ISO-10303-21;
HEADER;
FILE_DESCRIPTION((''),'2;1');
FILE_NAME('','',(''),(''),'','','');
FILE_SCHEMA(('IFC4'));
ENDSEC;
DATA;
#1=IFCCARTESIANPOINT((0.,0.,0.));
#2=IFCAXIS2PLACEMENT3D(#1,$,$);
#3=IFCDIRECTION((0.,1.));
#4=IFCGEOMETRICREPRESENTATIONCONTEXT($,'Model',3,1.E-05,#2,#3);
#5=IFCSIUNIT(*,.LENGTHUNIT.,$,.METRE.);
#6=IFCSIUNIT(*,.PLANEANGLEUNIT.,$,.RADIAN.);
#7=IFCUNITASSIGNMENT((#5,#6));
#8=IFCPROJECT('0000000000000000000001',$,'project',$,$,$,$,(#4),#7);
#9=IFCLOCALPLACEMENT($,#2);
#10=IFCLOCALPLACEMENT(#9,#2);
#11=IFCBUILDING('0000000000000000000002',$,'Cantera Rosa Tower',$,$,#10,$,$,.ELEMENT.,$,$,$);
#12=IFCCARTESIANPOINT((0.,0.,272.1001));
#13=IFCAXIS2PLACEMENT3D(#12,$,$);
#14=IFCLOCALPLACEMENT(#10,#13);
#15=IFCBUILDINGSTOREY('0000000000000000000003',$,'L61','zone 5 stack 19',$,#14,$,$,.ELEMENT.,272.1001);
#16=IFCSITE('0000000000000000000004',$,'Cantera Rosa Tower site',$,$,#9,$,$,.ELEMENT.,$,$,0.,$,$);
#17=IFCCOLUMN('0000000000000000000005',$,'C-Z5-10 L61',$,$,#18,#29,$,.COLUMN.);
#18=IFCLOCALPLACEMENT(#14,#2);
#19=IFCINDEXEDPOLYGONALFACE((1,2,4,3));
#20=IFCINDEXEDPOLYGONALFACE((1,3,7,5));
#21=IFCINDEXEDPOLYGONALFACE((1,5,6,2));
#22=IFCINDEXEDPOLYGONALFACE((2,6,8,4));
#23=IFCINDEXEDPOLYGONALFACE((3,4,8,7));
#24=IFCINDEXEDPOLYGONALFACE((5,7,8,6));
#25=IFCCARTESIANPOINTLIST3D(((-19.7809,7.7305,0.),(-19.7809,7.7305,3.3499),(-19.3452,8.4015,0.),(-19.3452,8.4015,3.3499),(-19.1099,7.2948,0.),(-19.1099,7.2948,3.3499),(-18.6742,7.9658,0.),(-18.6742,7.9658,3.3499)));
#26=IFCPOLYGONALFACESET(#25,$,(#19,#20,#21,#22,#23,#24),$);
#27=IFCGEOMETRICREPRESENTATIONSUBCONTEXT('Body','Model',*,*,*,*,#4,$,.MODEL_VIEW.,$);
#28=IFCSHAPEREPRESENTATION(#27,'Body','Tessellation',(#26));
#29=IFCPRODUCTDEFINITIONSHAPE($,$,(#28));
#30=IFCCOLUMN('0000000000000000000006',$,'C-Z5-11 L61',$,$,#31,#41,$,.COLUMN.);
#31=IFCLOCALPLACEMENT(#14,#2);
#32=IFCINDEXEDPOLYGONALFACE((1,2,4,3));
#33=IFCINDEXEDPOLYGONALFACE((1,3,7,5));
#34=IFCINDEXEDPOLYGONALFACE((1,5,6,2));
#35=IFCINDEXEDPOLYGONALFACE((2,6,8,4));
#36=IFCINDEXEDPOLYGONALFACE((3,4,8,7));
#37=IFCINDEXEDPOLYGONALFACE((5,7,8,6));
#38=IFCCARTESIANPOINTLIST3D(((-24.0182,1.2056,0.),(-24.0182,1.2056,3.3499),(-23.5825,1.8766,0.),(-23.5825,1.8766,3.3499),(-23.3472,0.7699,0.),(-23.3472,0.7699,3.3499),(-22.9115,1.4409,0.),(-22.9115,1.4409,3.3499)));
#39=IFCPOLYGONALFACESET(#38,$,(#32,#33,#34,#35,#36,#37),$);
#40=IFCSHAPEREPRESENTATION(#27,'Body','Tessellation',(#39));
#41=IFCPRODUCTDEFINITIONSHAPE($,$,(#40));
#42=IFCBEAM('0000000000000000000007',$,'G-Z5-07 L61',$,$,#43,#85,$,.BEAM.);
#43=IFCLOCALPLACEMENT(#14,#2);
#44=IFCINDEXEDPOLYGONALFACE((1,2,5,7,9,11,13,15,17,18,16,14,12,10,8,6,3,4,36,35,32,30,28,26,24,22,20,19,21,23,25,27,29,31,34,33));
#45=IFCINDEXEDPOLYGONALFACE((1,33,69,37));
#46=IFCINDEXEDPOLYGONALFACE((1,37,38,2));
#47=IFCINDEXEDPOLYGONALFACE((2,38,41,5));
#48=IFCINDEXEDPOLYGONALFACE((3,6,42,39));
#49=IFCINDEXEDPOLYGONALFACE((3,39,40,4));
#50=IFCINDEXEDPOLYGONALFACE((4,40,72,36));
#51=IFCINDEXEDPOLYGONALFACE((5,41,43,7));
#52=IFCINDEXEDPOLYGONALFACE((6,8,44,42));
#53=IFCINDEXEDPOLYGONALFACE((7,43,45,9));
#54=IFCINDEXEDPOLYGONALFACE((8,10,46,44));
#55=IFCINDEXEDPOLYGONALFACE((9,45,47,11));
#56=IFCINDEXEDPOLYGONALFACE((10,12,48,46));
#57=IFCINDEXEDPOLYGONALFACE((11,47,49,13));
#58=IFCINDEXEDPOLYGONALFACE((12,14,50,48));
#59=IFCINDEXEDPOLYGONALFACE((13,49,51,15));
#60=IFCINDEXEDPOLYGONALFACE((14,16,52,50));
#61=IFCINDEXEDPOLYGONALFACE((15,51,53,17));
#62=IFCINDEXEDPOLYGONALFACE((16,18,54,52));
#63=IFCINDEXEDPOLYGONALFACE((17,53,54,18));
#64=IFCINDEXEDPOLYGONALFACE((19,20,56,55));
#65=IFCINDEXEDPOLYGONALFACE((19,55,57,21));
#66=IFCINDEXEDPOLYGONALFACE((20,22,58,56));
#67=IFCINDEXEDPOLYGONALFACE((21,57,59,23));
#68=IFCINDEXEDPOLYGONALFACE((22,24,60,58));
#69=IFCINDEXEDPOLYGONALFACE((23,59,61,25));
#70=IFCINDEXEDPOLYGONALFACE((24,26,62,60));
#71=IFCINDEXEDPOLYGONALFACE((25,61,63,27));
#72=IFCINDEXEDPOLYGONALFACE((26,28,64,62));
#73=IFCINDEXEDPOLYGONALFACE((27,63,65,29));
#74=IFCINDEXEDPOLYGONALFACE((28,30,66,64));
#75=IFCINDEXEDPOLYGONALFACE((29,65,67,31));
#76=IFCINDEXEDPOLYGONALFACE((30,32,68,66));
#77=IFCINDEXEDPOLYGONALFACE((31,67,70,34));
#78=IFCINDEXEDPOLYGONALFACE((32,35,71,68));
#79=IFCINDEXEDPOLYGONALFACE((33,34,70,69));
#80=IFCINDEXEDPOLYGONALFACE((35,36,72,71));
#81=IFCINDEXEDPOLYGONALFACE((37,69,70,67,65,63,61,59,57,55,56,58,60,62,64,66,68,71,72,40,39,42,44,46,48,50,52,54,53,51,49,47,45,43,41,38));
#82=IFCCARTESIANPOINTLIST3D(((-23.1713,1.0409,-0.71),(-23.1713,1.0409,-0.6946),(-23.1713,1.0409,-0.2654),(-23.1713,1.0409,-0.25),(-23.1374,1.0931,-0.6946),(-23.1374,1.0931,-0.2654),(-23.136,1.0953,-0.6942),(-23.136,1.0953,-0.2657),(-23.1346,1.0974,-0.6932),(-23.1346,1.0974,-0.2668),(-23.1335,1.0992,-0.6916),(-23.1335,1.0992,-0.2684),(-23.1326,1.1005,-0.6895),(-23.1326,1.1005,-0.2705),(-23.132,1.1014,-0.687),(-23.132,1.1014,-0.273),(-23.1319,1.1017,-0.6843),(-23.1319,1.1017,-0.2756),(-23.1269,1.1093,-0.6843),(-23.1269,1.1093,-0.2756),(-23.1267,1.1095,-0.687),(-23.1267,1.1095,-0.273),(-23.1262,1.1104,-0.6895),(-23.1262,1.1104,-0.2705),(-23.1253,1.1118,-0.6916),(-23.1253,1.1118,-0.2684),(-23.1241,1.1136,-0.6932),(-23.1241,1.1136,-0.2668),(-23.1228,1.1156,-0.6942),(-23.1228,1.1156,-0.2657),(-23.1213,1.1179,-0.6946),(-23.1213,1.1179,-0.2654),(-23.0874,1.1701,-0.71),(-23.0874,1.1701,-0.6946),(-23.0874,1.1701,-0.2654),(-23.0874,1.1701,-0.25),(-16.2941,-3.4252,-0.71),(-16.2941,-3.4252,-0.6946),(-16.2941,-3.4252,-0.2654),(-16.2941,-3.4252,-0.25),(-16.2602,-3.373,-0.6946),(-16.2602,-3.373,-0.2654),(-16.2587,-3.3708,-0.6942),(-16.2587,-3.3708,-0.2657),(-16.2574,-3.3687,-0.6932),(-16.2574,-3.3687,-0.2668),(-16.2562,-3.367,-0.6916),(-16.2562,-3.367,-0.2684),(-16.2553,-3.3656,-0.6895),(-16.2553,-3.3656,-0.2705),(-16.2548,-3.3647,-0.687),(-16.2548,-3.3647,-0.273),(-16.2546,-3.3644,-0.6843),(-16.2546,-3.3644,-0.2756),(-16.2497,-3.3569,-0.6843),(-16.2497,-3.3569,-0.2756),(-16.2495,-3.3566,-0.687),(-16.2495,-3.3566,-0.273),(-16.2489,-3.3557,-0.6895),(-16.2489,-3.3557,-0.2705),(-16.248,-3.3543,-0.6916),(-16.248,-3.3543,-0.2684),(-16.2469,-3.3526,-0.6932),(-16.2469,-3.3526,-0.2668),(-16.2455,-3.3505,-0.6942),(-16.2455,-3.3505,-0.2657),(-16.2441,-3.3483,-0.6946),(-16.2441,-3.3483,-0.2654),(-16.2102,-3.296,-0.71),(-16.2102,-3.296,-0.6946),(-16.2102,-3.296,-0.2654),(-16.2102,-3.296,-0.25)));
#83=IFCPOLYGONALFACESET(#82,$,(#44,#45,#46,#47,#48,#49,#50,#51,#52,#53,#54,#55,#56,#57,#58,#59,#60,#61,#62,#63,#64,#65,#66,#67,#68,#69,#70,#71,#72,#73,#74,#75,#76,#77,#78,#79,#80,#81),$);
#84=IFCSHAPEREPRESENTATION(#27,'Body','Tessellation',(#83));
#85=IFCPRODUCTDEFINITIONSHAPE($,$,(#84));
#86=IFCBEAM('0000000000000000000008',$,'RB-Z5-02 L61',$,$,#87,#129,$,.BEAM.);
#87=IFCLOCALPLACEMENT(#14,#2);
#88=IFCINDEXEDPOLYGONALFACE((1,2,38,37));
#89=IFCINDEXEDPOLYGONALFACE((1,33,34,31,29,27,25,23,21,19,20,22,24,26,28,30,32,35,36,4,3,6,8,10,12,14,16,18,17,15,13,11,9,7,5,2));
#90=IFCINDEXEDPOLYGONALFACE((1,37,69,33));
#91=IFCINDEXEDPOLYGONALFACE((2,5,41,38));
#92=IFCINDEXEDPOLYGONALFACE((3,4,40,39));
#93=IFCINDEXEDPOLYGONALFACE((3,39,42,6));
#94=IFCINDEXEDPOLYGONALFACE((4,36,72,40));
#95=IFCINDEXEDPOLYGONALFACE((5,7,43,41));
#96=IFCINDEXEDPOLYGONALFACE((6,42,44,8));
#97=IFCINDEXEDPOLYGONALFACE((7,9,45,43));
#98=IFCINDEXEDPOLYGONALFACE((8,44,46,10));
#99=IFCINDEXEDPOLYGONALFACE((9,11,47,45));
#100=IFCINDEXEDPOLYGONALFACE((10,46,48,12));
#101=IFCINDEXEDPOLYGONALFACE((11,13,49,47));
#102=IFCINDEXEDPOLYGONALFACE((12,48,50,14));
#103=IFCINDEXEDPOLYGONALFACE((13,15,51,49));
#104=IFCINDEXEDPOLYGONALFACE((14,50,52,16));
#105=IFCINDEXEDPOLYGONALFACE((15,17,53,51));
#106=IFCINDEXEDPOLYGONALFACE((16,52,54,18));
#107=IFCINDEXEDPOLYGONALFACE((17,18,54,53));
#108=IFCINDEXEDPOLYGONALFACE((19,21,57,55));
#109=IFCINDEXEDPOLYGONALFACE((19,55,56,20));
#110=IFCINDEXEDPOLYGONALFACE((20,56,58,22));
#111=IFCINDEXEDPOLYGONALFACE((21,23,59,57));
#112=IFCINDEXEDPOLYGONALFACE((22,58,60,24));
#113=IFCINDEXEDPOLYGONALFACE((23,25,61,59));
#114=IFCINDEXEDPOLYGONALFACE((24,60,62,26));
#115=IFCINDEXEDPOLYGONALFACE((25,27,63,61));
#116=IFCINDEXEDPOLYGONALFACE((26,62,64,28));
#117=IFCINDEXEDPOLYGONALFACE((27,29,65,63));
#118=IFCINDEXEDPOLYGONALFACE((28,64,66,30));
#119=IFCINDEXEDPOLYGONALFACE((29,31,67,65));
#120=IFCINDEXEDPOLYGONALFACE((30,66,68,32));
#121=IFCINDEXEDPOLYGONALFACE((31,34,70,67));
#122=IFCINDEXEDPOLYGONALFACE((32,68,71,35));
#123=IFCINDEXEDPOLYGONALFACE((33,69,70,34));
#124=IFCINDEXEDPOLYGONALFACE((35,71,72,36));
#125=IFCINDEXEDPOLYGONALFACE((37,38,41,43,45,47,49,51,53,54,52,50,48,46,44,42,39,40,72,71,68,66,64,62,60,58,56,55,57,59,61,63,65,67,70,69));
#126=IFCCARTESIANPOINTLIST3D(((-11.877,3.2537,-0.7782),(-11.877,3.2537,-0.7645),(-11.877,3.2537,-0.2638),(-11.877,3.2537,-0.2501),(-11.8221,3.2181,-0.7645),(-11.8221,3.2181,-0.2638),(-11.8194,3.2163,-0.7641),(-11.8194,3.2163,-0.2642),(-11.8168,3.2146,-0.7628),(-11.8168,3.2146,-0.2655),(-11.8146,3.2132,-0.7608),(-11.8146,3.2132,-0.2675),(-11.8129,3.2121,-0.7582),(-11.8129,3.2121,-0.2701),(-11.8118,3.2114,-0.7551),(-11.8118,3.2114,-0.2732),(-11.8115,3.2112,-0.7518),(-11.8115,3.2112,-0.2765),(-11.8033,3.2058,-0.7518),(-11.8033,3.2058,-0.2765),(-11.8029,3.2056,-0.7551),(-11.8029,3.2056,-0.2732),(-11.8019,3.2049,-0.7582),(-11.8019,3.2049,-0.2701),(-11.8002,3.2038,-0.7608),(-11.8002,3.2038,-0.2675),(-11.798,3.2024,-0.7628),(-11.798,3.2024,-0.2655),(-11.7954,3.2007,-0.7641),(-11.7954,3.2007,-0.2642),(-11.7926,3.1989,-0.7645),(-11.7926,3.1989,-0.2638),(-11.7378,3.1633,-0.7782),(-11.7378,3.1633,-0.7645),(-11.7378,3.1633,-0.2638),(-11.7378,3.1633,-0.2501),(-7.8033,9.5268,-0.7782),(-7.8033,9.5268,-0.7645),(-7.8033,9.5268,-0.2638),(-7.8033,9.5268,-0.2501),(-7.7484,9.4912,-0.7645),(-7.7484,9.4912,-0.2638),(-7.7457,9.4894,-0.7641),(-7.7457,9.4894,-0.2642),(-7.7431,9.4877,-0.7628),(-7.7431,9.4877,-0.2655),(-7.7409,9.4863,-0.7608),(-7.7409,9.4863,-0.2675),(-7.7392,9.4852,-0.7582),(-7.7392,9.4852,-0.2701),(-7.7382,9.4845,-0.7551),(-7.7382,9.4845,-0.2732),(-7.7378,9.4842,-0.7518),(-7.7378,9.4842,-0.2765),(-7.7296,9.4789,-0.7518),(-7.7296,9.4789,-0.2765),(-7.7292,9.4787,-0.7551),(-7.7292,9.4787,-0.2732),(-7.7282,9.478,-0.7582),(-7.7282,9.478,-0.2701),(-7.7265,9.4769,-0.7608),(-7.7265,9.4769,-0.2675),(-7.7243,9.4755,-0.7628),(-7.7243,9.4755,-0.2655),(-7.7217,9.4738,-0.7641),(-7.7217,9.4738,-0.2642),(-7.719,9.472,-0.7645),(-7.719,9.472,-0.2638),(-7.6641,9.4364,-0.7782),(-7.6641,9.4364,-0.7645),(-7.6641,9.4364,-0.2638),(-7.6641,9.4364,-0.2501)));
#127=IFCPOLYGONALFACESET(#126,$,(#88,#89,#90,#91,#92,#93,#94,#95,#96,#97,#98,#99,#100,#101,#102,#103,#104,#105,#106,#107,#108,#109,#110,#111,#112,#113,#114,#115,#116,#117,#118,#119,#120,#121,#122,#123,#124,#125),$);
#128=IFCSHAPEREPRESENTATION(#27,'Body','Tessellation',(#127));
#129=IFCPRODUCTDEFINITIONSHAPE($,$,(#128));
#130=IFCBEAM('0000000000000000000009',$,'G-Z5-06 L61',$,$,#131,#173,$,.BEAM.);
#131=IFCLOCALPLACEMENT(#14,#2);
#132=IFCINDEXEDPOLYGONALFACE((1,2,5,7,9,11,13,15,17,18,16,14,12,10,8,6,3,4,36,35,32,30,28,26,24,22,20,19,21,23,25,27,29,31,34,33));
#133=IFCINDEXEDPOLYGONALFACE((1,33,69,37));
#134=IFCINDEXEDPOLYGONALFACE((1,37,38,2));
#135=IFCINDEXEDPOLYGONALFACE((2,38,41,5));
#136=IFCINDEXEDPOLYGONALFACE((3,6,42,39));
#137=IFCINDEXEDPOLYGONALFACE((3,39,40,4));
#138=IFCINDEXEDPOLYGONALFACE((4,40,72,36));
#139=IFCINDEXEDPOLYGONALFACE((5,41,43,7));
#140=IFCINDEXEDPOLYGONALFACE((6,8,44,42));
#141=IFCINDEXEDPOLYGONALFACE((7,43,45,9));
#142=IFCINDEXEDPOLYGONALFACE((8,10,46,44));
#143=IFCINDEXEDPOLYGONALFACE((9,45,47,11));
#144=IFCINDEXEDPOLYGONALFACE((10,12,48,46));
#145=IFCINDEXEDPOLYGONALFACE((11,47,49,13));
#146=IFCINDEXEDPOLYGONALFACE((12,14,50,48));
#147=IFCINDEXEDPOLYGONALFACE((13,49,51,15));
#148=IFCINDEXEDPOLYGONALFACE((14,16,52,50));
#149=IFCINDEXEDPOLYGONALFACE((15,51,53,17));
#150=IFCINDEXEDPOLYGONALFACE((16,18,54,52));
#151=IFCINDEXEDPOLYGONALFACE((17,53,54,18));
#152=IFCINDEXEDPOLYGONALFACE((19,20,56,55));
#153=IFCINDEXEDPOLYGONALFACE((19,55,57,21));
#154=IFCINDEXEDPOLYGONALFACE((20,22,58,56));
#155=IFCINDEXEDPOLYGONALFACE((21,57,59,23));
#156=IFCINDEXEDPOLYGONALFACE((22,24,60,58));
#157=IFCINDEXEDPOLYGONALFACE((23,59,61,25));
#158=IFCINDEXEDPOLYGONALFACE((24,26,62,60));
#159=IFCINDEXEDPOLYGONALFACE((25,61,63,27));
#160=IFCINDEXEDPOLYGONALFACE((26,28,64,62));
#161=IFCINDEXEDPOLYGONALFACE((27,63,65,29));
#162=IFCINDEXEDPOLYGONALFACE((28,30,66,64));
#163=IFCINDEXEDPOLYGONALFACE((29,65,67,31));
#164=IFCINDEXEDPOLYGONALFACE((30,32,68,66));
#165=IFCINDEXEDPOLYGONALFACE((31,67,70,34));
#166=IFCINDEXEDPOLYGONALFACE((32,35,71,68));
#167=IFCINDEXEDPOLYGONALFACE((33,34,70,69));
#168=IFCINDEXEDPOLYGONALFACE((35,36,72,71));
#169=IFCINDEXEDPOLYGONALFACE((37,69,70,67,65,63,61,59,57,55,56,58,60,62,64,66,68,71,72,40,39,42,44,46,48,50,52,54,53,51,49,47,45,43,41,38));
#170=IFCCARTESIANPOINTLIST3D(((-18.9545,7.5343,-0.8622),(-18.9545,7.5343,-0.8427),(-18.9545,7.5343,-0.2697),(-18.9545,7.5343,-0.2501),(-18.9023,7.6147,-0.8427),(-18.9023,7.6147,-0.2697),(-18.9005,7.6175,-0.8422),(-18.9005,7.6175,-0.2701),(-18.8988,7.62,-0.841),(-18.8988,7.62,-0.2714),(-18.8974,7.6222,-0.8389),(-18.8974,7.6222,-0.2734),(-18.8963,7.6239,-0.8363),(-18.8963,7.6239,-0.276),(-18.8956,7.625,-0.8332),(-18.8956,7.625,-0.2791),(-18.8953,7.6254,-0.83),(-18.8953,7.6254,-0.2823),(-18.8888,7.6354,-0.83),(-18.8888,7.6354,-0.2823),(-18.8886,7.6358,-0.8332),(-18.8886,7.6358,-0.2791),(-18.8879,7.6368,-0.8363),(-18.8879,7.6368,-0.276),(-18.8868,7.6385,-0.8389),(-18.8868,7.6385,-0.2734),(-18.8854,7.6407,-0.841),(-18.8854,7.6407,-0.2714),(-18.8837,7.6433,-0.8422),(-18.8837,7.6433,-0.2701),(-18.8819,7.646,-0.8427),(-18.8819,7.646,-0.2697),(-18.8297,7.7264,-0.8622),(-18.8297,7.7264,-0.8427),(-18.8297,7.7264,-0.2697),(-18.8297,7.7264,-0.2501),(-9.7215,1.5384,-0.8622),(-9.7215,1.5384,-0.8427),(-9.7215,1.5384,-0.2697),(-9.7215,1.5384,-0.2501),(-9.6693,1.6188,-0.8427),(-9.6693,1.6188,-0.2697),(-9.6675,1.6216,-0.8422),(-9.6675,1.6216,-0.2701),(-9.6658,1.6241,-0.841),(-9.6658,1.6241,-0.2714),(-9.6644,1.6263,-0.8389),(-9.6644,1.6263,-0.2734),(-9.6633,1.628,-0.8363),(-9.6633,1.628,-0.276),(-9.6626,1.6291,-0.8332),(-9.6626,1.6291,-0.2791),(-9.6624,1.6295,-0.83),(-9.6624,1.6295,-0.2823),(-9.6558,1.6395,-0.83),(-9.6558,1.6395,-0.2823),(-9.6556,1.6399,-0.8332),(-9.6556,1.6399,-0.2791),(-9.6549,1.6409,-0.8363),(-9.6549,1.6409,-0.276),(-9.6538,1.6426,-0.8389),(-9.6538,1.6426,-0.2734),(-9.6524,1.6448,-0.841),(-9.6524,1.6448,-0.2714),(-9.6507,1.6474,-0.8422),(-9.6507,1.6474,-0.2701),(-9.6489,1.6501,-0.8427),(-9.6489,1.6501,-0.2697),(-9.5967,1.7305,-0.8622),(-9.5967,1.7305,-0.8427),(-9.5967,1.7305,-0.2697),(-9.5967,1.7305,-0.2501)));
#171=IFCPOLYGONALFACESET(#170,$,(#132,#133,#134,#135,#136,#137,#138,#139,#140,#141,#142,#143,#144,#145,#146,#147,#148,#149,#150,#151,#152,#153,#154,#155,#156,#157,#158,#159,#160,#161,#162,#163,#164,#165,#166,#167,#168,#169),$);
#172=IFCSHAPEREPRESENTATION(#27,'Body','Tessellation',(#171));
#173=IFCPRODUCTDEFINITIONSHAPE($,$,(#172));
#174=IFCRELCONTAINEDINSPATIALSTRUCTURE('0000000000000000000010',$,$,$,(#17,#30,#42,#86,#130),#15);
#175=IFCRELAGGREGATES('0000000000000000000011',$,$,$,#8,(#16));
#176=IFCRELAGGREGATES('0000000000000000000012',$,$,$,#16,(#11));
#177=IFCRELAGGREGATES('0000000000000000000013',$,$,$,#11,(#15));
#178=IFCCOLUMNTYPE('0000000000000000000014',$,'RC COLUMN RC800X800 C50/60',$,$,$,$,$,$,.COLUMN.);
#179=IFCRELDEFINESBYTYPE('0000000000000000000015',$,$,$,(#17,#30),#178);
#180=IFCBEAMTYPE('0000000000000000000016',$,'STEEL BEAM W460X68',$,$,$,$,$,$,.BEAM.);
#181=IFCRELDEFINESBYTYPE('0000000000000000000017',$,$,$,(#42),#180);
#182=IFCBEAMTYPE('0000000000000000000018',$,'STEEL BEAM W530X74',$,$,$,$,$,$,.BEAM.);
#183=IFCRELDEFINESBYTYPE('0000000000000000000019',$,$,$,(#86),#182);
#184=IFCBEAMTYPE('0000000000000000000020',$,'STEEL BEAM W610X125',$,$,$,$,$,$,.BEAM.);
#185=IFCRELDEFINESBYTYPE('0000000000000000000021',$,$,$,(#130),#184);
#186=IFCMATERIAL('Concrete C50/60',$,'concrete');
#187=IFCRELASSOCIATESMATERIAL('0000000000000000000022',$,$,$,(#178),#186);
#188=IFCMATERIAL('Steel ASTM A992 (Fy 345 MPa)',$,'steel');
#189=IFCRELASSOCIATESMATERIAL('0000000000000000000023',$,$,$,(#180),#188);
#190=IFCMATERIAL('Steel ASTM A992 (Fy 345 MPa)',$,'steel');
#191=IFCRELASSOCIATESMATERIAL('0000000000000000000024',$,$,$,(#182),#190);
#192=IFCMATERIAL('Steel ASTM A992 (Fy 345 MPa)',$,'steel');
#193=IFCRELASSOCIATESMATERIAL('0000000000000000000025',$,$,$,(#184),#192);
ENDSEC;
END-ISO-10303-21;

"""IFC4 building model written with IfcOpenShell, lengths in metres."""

from ifc_helpers import new_model, si_unit, direction, frame, origin, origin_2d, place, context, subcontext, project, spatial, rectangle, i_section, extrude, material, material_profile, profile_set, type_object, element, save


model = new_model("IFC4")

# Units and contexts
model_context = context("Model", 3, precision=1e-05, world=origin(), true_north=direction((0.0, 1.0)))
body_context = subcontext(model_context, "Body", "Model", "MODEL_VIEW")
ifc_project = project(units=[si_unit("LENGTHUNIT", "METRE"), si_unit("PLANEANGLEUNIT", "RADIAN")], contexts=[model_context])

# Site, building, storey
site_placement = place(None, origin())
site = spatial("IfcSite", under=ifc_project, at=site_placement, Name="Cantera Rosa Tower site", CompositionType="ELEMENT", RefElevation=0.0)
building_placement = place(site_placement, origin())
building = spatial("IfcBuilding", under=site, at=building_placement, Name="Cantera Rosa Tower", CompositionType="ELEMENT")
storey_placement = place(building_placement, frame((0.0, 0.0, 272.1001)))
storey = spatial("IfcBuildingStorey", under=building, at=storey_placement, Name="L61", Description="zone 5 stack 19", CompositionType="ELEMENT", Elevation=272.1001)

# Columns
ifc_material_1 = material(Name="Concrete C50/60", Category="concrete")
ifc_material_profile_1 = material_profile(ifc_material_1, rectangle(XDim=0.8, YDim=0.8, at=origin_2d()), Name="RC COLUMN RC800X800 C50/60")
ifc_profile_set_1 = profile_set([ifc_material_profile_1], Name="Concrete C50/60")
column_type = type_object("IfcColumnType", Name="RC COLUMN RC800X800 C50/60", PredefinedType="COLUMN", material=ifc_profile_set_1)
for number, where, z_axis, x_axis, name in (
    (1, (-19.2275, 7.8481, 0.0), (0.0, 0.0, 1.0), (0.544639, 0.838671, 0.0), "C-Z5-10 L61"),
    (2, (-23.4648, 1.3232, 0.0), (0.0, 0.0, 1.0), (0.544639, 0.838671, 0.0), "C-Z5-11 L61"),
):
    element("IfcColumn", number, at=place(storey_placement, frame(where, z_axis=z_axis, x_axis=x_axis)), inside=storey, type_object=column_type, Name=name, PredefinedType="COLUMN", context=body_context, shape_type="SweptSolid", body=[
        extrude(rectangle(XDim=0.8, YDim=0.8, at=origin_2d()), origin(), (0.0, 0.0, 1.0), 3.3499),
    ])

# Beams
ifc_material_2 = material(Name="Steel ASTM A992 (Fy 345 MPa)", Category="steel")
ifc_material_profile_2 = material_profile(ifc_material_2, i_section(OverallWidth=0.1541, OverallDepth=0.46, WebThickness=0.009, FlangeThickness=0.0154, FilletRadius=0.0103, at=origin_2d()), Name="W460X68")
ifc_profile_set_2 = profile_set([ifc_material_profile_2], Name="Steel ASTM A992 (Fy 345 MPa)")
beam_type_1 = type_object("IfcBeamType", Name="STEEL BEAM W460X68", PredefinedType="BEAM", material=ifc_profile_set_2)
beam_1_placement = place(storey_placement, frame((-23.1294, 1.1055, -0.48), z_axis=(0.838673, -0.544636, 0.0), x_axis=(0.544636, 0.838673, 0.0)))
element("IfcBeam", 3, at=beam_1_placement, inside=storey, type_object=beam_type_1, Name="G-Z5-07 L61", PredefinedType="BEAM", context=body_context, shape_type="SweptSolid", body=[
    extrude(i_section(OverallWidth=0.1541, OverallDepth=0.46, WebThickness=0.009, FlangeThickness=0.0154, FilletRadius=0.0103, at=origin_2d()), origin(), (0.0, 0.0, 1.0), 8.2002),
])
ifc_material_3 = material(Name="Steel ASTM A992 (Fy 345 MPa)", Category="steel")
ifc_material_profile_3 = material_profile(ifc_material_3, i_section(OverallWidth=0.166, OverallDepth=0.5281, WebThickness=0.0098, FlangeThickness=0.0137, FilletRadius=0.0127, at=origin_2d()), Name="W530X74")
ifc_profile_set_3 = profile_set([ifc_material_profile_3], Name="Steel ASTM A992 (Fy 345 MPa)")
beam_type_2 = type_object("IfcBeamType", Name="STEEL BEAM W530X74", PredefinedType="BEAM", material=ifc_profile_set_3)
beam_2_placement = place(storey_placement, frame((-11.8074, 3.2085, -0.5142), z_axis=(0.544627, 0.838678, 0.0), x_axis=(-0.838678, 0.544627, 0.0)))
element("IfcBeam", 4, at=beam_2_placement, inside=storey, type_object=beam_type_2, Name="RB-Z5-02 L61", PredefinedType="BEAM", context=body_context, shape_type="SweptSolid", body=[
    extrude(i_section(OverallWidth=0.166, OverallDepth=0.5281, WebThickness=0.0098, FlangeThickness=0.0137, FilletRadius=0.0127, at=origin_2d()), origin(), (0.0, 0.0, 1.0), 7.4797),
])
ifc_material_4 = material(Name="Steel ASTM A992 (Fy 345 MPa)", Category="steel")
ifc_material_profile_4 = material_profile(ifc_material_4, i_section(OverallWidth=0.229, OverallDepth=0.6121, WebThickness=0.012, FlangeThickness=0.0195, FilletRadius=0.0127, at=origin_2d()), Name="W610X125")
ifc_profile_set_4 = profile_set([ifc_material_profile_4], Name="Steel ASTM A992 (Fy 345 MPa)")
beam_type_3 = type_object("IfcBeamType", Name="STEEL BEAM W610X125", PredefinedType="BEAM", material=ifc_profile_set_4)
beam_3_placement = place(storey_placement, frame((-18.8921, 7.6304, -0.5562), z_axis=(0.838674, -0.544634, 0.0), x_axis=(0.544634, 0.838674, 0.0)))
element("IfcBeam", 5, at=beam_3_placement, inside=storey, type_object=beam_type_3, Name="G-Z5-06 L61", PredefinedType="BEAM", context=body_context, shape_type="SweptSolid", body=[
    extrude(i_section(OverallWidth=0.229, OverallDepth=0.6121, WebThickness=0.012, FlangeThickness=0.0195, FilletRadius=0.0127, at=origin_2d()), origin(), (0.0, 0.0, 1.0), 11.009),
])

save(model, "model.ifc")
